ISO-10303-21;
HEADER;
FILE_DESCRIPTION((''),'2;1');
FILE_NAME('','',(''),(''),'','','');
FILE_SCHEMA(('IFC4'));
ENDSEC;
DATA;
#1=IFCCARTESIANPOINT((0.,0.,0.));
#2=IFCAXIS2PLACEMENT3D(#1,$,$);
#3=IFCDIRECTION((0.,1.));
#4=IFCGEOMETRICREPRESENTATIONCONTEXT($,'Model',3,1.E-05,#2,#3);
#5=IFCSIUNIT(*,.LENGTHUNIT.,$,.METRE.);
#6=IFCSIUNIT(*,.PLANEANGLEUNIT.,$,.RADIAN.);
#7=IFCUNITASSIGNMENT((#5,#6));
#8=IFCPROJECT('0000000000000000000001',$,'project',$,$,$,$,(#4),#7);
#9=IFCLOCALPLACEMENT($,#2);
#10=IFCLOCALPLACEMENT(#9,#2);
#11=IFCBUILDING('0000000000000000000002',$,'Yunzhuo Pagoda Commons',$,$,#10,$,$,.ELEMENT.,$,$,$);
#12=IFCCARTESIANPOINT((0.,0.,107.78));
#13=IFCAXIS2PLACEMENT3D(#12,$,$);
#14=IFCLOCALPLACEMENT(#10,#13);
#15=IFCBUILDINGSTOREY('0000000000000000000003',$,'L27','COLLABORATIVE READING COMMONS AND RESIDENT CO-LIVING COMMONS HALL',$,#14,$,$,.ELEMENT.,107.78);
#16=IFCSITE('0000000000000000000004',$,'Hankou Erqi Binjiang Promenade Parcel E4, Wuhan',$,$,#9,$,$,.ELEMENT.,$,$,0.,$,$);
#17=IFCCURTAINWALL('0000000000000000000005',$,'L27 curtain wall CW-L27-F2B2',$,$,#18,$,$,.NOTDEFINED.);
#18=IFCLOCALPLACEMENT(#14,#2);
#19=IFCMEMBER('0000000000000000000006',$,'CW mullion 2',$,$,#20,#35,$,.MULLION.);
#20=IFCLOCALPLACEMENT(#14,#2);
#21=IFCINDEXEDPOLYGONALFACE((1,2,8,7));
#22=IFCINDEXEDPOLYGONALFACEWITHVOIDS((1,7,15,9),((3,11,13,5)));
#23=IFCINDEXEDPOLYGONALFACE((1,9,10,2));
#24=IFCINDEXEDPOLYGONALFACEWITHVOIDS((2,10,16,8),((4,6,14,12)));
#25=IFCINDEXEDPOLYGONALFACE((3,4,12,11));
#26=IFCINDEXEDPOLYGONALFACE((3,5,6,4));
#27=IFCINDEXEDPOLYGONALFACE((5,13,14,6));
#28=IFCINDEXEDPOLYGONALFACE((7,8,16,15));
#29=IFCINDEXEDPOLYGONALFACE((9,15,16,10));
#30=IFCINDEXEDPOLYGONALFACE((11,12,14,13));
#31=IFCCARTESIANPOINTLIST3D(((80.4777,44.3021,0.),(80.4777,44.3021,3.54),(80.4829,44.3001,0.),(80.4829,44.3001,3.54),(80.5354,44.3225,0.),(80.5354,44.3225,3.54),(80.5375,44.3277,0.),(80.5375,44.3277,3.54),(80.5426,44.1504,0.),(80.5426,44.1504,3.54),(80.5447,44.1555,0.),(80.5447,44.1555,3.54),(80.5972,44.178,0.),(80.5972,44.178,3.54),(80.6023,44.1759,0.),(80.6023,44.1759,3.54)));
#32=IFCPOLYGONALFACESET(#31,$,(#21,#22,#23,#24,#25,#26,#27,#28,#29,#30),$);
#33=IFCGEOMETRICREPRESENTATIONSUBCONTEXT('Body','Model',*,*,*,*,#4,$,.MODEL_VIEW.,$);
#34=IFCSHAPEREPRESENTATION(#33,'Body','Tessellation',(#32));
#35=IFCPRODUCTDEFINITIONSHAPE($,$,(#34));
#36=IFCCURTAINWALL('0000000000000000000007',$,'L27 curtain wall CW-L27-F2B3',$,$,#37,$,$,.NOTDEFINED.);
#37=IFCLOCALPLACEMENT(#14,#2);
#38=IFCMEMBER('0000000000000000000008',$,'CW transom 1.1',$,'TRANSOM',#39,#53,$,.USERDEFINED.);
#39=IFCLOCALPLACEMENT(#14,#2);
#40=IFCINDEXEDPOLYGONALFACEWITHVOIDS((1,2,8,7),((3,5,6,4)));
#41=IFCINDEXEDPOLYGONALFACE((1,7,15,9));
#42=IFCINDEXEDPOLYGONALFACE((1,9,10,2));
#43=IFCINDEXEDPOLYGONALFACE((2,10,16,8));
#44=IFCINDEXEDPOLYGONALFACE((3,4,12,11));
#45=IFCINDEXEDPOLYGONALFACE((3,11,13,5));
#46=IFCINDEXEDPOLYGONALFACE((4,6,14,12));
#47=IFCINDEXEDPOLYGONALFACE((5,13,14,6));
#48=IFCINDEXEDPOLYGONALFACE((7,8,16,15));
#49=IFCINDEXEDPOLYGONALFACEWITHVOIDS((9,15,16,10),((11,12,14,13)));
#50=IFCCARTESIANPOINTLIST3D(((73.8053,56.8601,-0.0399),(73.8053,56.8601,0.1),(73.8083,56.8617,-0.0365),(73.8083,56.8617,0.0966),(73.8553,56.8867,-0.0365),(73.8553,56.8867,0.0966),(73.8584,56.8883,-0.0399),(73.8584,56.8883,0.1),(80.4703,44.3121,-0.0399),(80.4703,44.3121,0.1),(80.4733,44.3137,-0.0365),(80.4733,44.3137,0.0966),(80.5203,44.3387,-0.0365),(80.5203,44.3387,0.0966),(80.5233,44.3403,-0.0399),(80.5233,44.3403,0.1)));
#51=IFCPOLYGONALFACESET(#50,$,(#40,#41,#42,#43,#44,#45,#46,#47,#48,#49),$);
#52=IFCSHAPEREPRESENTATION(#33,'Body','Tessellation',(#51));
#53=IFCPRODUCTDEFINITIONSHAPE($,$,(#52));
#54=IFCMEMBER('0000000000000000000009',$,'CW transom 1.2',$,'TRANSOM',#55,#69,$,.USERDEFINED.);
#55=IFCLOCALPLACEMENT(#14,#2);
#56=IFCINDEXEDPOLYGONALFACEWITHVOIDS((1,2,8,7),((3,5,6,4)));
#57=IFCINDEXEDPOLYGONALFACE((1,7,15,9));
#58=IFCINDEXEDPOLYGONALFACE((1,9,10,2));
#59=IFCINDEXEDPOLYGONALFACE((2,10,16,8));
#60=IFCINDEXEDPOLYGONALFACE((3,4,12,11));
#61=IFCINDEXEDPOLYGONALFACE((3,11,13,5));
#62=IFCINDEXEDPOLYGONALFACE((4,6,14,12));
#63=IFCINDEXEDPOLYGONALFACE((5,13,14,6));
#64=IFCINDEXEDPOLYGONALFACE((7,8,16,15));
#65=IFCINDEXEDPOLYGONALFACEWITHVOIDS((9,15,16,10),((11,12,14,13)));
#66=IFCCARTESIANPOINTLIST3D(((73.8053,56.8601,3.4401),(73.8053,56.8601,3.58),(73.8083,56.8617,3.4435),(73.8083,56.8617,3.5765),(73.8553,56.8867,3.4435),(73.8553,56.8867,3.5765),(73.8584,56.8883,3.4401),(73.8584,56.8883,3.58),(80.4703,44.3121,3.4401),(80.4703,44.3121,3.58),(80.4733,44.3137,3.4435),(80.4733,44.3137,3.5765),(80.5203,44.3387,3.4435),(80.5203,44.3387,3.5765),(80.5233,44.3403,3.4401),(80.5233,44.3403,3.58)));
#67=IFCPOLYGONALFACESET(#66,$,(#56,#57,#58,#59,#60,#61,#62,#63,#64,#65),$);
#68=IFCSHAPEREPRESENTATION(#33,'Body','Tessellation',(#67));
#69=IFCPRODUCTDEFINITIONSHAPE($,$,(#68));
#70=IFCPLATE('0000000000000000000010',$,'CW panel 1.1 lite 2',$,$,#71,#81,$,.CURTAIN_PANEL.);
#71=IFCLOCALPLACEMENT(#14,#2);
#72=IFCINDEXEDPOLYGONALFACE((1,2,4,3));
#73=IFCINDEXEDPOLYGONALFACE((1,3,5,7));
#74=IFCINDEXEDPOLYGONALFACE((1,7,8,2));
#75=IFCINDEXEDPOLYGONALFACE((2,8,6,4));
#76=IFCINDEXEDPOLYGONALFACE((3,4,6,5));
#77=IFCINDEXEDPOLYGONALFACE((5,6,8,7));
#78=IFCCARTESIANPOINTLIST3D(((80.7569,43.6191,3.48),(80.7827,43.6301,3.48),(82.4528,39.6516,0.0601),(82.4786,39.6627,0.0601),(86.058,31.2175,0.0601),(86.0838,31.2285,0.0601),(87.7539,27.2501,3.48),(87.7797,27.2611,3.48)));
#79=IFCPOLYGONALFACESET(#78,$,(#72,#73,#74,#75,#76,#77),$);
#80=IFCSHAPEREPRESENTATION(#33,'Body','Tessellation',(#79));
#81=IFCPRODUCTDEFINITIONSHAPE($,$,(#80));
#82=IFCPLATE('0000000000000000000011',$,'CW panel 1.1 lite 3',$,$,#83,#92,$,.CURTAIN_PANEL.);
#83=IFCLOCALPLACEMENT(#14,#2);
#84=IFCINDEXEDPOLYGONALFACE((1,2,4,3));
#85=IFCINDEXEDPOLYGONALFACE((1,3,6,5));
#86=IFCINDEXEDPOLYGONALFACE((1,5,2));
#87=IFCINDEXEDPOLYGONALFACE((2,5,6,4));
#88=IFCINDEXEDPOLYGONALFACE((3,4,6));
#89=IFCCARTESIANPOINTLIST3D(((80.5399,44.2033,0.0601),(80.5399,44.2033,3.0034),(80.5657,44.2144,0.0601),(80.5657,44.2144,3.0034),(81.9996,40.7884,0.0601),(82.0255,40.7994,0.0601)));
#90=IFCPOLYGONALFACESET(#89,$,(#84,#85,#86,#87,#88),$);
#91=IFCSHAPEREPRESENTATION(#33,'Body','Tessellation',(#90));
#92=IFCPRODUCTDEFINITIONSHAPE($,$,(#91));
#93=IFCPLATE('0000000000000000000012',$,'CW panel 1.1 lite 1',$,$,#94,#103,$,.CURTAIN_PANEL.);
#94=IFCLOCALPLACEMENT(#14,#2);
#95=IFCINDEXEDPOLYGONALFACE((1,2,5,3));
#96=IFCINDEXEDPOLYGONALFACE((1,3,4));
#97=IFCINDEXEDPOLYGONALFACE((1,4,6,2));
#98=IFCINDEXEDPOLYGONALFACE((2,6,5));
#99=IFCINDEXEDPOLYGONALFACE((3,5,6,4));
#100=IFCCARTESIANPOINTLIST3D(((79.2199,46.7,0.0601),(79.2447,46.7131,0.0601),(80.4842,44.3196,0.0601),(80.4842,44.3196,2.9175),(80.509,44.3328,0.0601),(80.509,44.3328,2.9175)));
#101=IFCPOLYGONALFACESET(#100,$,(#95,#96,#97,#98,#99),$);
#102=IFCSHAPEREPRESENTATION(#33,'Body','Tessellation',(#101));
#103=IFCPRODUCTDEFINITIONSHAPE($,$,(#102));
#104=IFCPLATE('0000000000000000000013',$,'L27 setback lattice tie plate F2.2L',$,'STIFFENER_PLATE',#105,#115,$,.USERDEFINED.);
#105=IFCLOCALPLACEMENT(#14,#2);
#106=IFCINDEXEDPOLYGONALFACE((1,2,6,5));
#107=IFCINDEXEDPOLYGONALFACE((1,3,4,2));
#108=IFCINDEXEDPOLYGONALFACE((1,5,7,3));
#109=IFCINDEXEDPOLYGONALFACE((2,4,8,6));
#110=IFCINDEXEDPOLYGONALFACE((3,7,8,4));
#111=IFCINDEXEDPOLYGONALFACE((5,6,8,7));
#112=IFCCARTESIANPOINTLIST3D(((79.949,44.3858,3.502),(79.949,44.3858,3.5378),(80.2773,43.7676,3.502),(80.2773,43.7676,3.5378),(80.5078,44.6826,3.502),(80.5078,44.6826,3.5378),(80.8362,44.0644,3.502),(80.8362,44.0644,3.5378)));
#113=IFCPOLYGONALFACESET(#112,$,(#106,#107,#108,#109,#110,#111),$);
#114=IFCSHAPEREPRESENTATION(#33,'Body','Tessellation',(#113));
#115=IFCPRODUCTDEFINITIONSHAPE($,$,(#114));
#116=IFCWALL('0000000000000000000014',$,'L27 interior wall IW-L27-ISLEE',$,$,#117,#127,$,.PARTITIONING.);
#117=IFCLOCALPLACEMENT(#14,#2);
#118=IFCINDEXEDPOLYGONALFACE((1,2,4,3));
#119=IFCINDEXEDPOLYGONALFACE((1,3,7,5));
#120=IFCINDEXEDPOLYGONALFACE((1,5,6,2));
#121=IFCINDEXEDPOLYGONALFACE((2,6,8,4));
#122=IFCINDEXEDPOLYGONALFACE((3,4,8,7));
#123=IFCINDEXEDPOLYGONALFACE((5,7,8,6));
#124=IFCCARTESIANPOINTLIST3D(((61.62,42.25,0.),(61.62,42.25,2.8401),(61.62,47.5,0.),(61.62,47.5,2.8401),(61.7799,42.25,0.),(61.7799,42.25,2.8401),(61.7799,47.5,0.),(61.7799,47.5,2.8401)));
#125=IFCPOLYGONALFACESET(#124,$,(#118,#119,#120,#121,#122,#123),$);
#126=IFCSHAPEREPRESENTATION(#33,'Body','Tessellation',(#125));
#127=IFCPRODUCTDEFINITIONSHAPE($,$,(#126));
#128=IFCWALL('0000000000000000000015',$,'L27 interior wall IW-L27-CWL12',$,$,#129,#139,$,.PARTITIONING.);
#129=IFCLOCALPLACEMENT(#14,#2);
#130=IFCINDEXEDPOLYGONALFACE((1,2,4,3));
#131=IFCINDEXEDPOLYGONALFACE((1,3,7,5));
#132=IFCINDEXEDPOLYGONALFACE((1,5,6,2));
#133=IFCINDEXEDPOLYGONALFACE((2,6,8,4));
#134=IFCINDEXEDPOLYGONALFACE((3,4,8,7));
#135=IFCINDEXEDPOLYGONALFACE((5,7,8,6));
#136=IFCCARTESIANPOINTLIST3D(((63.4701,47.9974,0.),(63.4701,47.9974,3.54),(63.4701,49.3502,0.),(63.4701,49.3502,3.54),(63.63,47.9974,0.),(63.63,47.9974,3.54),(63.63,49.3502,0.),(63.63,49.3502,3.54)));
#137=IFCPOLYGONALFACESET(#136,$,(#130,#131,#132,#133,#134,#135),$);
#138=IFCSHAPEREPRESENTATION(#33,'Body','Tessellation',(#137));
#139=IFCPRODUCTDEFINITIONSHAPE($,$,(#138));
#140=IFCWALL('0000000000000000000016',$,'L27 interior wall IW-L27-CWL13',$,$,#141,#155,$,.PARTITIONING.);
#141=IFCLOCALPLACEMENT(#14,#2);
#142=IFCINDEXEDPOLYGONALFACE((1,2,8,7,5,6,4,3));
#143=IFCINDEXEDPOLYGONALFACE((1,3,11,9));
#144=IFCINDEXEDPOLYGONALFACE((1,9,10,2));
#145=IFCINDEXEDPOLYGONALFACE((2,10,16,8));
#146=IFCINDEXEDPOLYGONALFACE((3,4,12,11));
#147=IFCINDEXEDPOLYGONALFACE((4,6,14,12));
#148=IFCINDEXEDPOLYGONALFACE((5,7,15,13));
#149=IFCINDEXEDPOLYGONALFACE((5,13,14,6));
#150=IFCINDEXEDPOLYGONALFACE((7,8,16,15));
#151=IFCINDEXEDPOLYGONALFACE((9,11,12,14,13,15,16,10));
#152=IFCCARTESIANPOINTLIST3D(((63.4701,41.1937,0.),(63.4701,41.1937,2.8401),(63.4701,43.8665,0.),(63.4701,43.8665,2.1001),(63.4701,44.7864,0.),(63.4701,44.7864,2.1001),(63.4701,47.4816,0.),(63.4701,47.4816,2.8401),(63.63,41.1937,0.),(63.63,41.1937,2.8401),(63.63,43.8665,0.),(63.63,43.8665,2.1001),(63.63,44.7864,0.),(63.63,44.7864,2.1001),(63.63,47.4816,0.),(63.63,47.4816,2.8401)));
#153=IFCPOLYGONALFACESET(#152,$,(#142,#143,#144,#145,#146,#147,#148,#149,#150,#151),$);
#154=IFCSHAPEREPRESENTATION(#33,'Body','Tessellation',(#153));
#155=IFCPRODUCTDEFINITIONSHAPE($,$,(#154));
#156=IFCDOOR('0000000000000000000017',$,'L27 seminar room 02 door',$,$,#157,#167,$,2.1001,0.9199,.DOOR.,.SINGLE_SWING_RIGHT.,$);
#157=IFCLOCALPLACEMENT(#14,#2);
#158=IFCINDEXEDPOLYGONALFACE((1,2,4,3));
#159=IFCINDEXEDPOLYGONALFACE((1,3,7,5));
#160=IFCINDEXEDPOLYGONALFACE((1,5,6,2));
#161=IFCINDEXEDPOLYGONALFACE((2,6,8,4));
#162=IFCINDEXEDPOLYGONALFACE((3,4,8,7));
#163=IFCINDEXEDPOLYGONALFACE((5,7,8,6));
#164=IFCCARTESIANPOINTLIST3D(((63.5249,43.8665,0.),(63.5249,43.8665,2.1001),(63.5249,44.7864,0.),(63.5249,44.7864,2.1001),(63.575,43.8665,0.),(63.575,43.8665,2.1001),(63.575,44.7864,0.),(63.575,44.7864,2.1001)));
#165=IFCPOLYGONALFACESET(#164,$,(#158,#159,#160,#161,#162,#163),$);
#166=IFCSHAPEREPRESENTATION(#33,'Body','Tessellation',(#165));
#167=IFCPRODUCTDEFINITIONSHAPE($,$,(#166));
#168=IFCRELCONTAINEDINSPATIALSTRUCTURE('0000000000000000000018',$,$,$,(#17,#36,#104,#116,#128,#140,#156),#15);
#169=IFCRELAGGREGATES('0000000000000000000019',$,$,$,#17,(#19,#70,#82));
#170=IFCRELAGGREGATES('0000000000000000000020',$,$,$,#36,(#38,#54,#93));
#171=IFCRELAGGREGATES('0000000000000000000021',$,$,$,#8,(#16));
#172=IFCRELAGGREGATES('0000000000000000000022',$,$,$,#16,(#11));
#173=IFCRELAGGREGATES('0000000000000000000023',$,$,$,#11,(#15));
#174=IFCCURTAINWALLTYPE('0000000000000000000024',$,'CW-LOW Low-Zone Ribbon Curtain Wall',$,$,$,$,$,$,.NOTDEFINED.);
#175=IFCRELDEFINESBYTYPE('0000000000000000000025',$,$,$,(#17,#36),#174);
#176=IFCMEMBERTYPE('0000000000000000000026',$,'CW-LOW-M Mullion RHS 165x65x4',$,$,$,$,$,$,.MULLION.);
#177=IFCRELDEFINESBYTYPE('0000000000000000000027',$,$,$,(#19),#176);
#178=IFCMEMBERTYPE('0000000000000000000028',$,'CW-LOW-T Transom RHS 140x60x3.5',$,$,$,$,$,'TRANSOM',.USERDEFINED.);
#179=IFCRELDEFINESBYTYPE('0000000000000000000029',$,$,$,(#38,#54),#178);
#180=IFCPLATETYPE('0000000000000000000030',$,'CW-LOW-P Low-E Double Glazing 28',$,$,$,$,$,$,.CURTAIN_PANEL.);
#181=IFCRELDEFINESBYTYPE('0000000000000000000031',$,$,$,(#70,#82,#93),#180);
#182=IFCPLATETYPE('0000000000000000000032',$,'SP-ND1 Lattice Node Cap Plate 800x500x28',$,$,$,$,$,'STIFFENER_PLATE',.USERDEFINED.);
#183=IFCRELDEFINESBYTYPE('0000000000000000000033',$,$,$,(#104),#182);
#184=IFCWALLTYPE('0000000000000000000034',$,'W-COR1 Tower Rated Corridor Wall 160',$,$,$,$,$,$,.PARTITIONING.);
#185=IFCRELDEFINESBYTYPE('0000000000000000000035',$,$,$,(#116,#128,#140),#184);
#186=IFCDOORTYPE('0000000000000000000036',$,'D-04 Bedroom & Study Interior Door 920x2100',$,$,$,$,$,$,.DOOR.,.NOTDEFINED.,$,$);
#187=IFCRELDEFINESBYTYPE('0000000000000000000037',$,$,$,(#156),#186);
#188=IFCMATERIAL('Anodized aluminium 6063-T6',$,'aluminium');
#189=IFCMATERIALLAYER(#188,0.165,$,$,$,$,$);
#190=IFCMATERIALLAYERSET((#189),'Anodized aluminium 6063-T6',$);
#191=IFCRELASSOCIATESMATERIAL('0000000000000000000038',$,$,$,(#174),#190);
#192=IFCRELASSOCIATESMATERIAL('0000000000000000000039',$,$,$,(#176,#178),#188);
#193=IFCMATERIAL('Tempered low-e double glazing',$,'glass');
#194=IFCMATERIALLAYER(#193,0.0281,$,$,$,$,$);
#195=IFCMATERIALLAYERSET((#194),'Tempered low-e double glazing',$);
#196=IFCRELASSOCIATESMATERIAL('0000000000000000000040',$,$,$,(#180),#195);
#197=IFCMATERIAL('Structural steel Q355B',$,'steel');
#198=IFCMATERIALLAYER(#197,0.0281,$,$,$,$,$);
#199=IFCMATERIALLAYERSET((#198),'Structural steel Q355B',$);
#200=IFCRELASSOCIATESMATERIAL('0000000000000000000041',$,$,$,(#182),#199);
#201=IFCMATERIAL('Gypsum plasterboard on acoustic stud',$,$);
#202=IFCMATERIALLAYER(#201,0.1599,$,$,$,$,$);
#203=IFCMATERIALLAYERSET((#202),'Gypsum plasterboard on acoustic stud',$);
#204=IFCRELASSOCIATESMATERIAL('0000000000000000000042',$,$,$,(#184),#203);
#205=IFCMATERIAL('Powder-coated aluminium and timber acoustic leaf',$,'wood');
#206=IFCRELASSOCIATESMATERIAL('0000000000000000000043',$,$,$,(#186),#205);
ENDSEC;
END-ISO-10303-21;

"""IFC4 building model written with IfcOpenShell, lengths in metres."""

from ifc_helpers import new_model, si_unit, direction, frame, frame_2d, origin, origin_with_axes, origin_2d, place, context, subcontext, project, spatial, polyline, rectangle, hollow_rectangle, outline, extrude, source, transform, mapped, material, layer, layer_set, material_profile, profile_set, type_object, element, fill, aggregate, save


model = new_model("IFC4")

# Units and contexts
model_context = context("Model", 3, precision=1e-05, world=origin(), true_north=direction((0.0, 1.0)))
body_context = subcontext(model_context, "Body", "Model", "MODEL_VIEW")
ifc_project = project(units=[si_unit("LENGTHUNIT", "METRE"), si_unit("PLANEANGLEUNIT", "RADIAN")], contexts=[model_context])

# Site, building, storey
site_placement = place(None, origin())
site = spatial("IfcSite", under=ifc_project, at=site_placement, Name="Hankou Erqi Binjiang Promenade Parcel E4, Wuhan", CompositionType="ELEMENT", RefElevation=0.0)
building_placement = place(site_placement, origin())
building = spatial("IfcBuilding", under=site, at=building_placement, Name="Yunzhuo Pagoda Commons", CompositionType="ELEMENT")
storey_placement = place(building_placement, frame((0.0, 0.0, 107.78)))
storey = spatial("IfcBuildingStorey", under=building, at=storey_placement, Name="L27", Description="COLLABORATIVE READING COMMONS AND RESIDENT CO-LIVING COMMONS HALL", CompositionType="ELEMENT", Elevation=107.78)

# Shared definitions
ifc_material_1 = material(Name="Structural steel Q355B", Category="steel")

# Curtain wall, member
ifc_material_2 = material(Name="Anodized aluminium 6063-T6", Category="aluminium")
ifc_layer_1 = layer(ifc_material_2, 0.165)
ifc_layer_set_1 = layer_set([ifc_layer_1], Name="Anodized aluminium 6063-T6")
curtain_wall_type = type_object("IfcCurtainWallType", Name="CW-LOW Low-Zone Ribbon Curtain Wall", PredefinedType="NOTDEFINED", material=ifc_layer_set_1)
curtain_wall_1_placement = place(storey_placement, origin())
curtain_wall_1 = element("IfcCurtainWall", 1, at=curtain_wall_1_placement, inside=storey, type_object=curtain_wall_type, Name="L27 curtain wall CW-L27-F2B2", PredefinedType="NOTDEFINED")
ifc_material_profile_1 = material_profile(ifc_material_2, hollow_rectangle(XDim=0.0649, YDim=0.165, WallThickness=0.0039, at=origin_2d()), Name="Anodized aluminium 6063-T6")
ifc_profile_set_1 = profile_set([ifc_material_profile_1], Name="Anodized aluminium 6063-T6")
member_type_1 = type_object("IfcMemberType", Name="CW-LOW-M Mullion RHS 165x65x4", PredefinedType="MULLION", material=ifc_profile_set_1)
shared_shape_1 = source(origin(), body_context, "Body", "SweptSolid", [
    extrude(hollow_rectangle(XDim=0.0649, YDim=0.165, WallThickness=0.0039, at=origin_2d()), origin(), (0.0, 0.0, 1.0), 3.54),
])
member_1_placement = place(storey_placement, frame((80.54, 44.239, 0.0), z_axis=(0.0, 0.0, 1.0), x_axis=(-0.919516, -0.393052, 0.0)))
member_1 = element("IfcMember", 2, at=member_1_placement, type_object=member_type_1, Name="CW mullion 2", PredefinedType="MULLION", context=body_context, shape_type="MappedRepresentation", body=[
    mapped(shared_shape_1, transform((0.0, 0.0, 0.0), scale=1.0)),
])

# Curtain wall, members
curtain_wall_2_placement = place(storey_placement, origin())
curtain_wall_2 = element("IfcCurtainWall", 3, at=curtain_wall_2_placement, inside=storey, type_object=curtain_wall_type, Name="L27 curtain wall CW-L27-F2B3", PredefinedType="NOTDEFINED")
ifc_material_profile_2 = material_profile(ifc_material_2, hollow_rectangle(XDim=0.0601, YDim=0.1399, WallThickness=0.0034, at=origin_2d()), Name="Anodized aluminium 6063-T6")
ifc_profile_set_2 = profile_set([ifc_material_profile_2], Name="Anodized aluminium 6063-T6")
member_type_2 = type_object("IfcMemberType", Name="CW-LOW-T Transom RHS 140x60x3.5", ElementType="TRANSOM", PredefinedType="USERDEFINED", material=ifc_profile_set_2)
shared_shape_2 = source(origin(), body_context, "Body", "SweptSolid", [
    extrude(hollow_rectangle(XDim=0.0601, YDim=0.1399, WallThickness=0.0034, at=origin_2d()), origin(), (0.0, 0.0, 1.0), 14.2083),
])
member_2_placement = place(storey_placement, frame((80.4968, 44.3262, 0.03), z_axis=(-0.469093, 0.883149, 0.0), x_axis=(-0.883149, -0.469093, 0.0)))
member_2 = element("IfcMember", 4, at=member_2_placement, type_object=member_type_2, Name="CW transom 1.1", ObjectType="TRANSOM", PredefinedType="USERDEFINED", context=body_context, shape_type="MappedRepresentation", body=[
    mapped(shared_shape_2, transform((0.0, 0.0, 0.0), scale=1.0)),
])
member_3_placement = place(storey_placement, frame((80.4968, 44.3262, 3.51), z_axis=(-0.469093, 0.883149, 0.0), x_axis=(-0.883149, -0.469093, 0.0)))
member_3 = element("IfcMember", 5, at=member_3_placement, type_object=member_type_2, Name="CW transom 1.2", ObjectType="TRANSOM", PredefinedType="USERDEFINED", context=body_context, shape_type="MappedRepresentation", body=[
    mapped(shared_shape_2, transform((0.0, 0.0, 0.0), scale=1.0)),
])

# Plates
ifc_material_3 = material(Name="Tempered low-e double glazing", Category="glass")
ifc_layer_2 = layer(ifc_material_3, 0.0281)
ifc_layer_set_2 = layer_set([ifc_layer_2], Name="Tempered low-e double glazing")
plate_type_1 = type_object("IfcPlateType", Name="CW-LOW-P Low-E Double Glazing 28", PredefinedType="CURTAIN_PANEL", material=ifc_layer_set_2)
plate_1_placement = place(storey_placement, frame((84.2554, 35.4346, 1.77), z_axis=(0.919516, 0.393052, 0.0), x_axis=(-0.393052, 0.919516, 0.0)))
plate_1 = element("IfcPlate", 6, at=plate_1_placement, type_object=plate_type_1, Name="CW panel 1.1 lite 2", PredefinedType="CURTAIN_PANEL", context=body_context, shape_type="SweptSolid", body=[
    extrude(outline(polyline([(-8.9009, 1.71), (-4.5862, -1.71), (4.5862, -1.71), (8.9009, 1.71), (-8.9009, 1.71)])), origin(), (0.0, 0.0, 1.0), 0.0281),
])
plate_2_placement = place(storey_placement, frame((81.2698, 42.4958, 1.5317), z_axis=(0.919516, 0.393052, 0.0), x_axis=(-0.393052, 0.919516, 0.0)))
plate_2 = element("IfcPlate", 7, at=plate_2_placement, type_object=plate_type_1, Name="CW panel 1.1 lite 3", PredefinedType="CURTAIN_PANEL", context=body_context, shape_type="SweptSolid", body=[
    extrude(outline(polyline([(-1.8569, -1.4717), (1.8569, -1.4717), (1.8569, 1.4717), (-1.8569, -1.4717)])), origin(), (0.0, 0.0, 1.0), 0.0281),
])
aggregate(curtain_wall_1, [member_1, plate_1, plate_2])
plate_3_placement = place(storey_placement, frame((79.8521, 45.5098, 1.4888), z_axis=(0.883152, 0.469086, 0.0), x_axis=(-0.469086, 0.883152, 0.0)))
plate_3 = element("IfcPlate", 8, at=plate_3_placement, type_object=plate_type_1, Name="CW panel 1.1 lite 1", PredefinedType="CURTAIN_PANEL", context=body_context, shape_type="SweptSolid", body=[
    extrude(outline(polyline([(-1.3477, -1.4287), (1.3477, -1.4287), (-1.3477, 1.4287), (-1.3477, -1.4287)])), origin(), (0.0, 0.0, 1.0), 0.0281),
])
aggregate(curtain_wall_2, [member_2, member_3, plate_3])
ifc_layer_3 = layer(ifc_material_1, 0.0281)
ifc_layer_set_3 = layer_set([ifc_layer_3], Name="Structural steel Q355B")
plate_type_2 = type_object("IfcPlateType", Name="SP-ND1 Lattice Node Cap Plate 800x500x28", ElementType="STIFFENER_PLATE", PredefinedType="USERDEFINED", material=ifc_layer_set_3)
shared_shape_3 = source(origin(), body_context, "Body", "SweptSolid", [
    extrude(rectangle(XDim=0.7, YDim=0.6328, at=origin_2d()), origin(), (0.0, 0.0, 1.0), 0.0359),
])
plate_4_placement = place(storey_placement, frame((80.3926, 44.2251, 3.502), z_axis=(0.0, 0.0, 1.0), x_axis=(-0.469086, 0.883152, 0.0)))
element("IfcPlate", 9, at=plate_4_placement, inside=storey, type_object=plate_type_2, Name="L27 setback lattice tie plate F2.2L", ObjectType="STIFFENER_PLATE", PredefinedType="USERDEFINED", context=body_context, shape_type="MappedRepresentation", body=[
    mapped(shared_shape_3, transform((0.0, 0.0, 0.0), scale=1.0)),
])

# Walls
ifc_material_4 = material(Name="Gypsum plasterboard on acoustic stud")
ifc_layer_4 = layer(ifc_material_4, 0.1599)
ifc_layer_set_4 = layer_set([ifc_layer_4], Name="Gypsum plasterboard on acoustic stud")
wall_type_1 = type_object("IfcWallType", Name="W-COR1 Tower Rated Corridor Wall 160", PredefinedType="PARTITIONING", material=ifc_layer_set_4)
wall_1_placement = place(storey_placement, frame((61.7, 42.25, 0.0), z_axis=(0.0, 0.0, 1.0), x_axis=(0.0, 1.0, 0.0)))
element("IfcWall", 10, at=wall_1_placement, inside=storey, type_object=wall_type_1, Name="L27 interior wall IW-L27-ISLEE", PredefinedType="PARTITIONING", context=body_context, shape_type="SweptSolid", body=[
    extrude(rectangle(XDim=5.25, YDim=0.1599, at=frame_2d((2.625, 0.0))), origin(), (0.0, 0.0, 1.0), 2.8401),
])
wall_2_placement = place(storey_placement, frame((63.55, 49.3501, 0.0), z_axis=(0.0, 0.0, 1.0), x_axis=(0.0, -1.0, 0.0)))
element("IfcWall", 11, at=wall_2_placement, inside=storey, type_object=wall_type_1, Name="L27 interior wall IW-L27-CWL12", PredefinedType="PARTITIONING", context=body_context, shape_type="SweptSolid", body=[
    extrude(rectangle(XDim=1.3528, YDim=0.1599, at=frame_2d((0.6763, 0.0))), origin(), (0.0, 0.0, 1.0), 3.54),
])

# Wall, opening, door
wall_3_placement = place(storey_placement, frame((63.55, 47.4817, 0.0), z_axis=(0.0, 0.0, 1.0), x_axis=(0.0, -1.0, 0.0)))
wall_3 = element("IfcWall", 12, at=wall_3_placement, inside=storey, type_object=wall_type_1, Name="L27 interior wall IW-L27-CWL13", PredefinedType="PARTITIONING", context=body_context, shape_type="SweptSolid", body=[
    extrude(rectangle(XDim=6.2878, YDim=0.1599, at=frame_2d((3.144, 0.0))), origin(), (0.0, 0.0, 1.0), 2.8401),
])
opening_1_placement = place(wall_3_placement, frame((2.6953, 0.0, 0.0)))
opening_1 = element("IfcOpeningElement", 13, at=opening_1_placement, cuts=wall_3, PredefinedType="OPENING", context=body_context, shape_type="SweptSolid", body=[
    extrude(rectangle(XDim=0.9199, YDim=2.1001, at=frame_2d((0.46, 1.05))), frame((0.0, 0.0898, 0.0), z_axis=(0.0, -1.0, 0.0), x_axis=(1.0, 0.0, 0.0)), (0.0, 0.0, 1.0), 0.1799),
])
ifc_material_5 = material(Name="Powder-coated aluminium and timber acoustic leaf", Category="wood")
door_type_1 = type_object("IfcDoorType", Name="D-04 Bedroom & Study Interior Door 920x2100", OperationType="NOTDEFINED", PredefinedType="DOOR", material=ifc_material_5)
shared_shape_4 = source(origin(), body_context, "Body", "SweptSolid", [
    extrude(rectangle(XDim=0.9199, YDim=2.1001, at=frame_2d((0.46, 1.05))), frame((0.0, 0.0249, 0.0), z_axis=(0.0, -1.0, 0.0), x_axis=(1.0, 0.0, 0.0)), (0.0, 0.0, 1.0), 0.05),
])
door_1_placement = place(opening_1_placement, origin_with_axes())
door_1 = element("IfcDoor", 14, at=door_1_placement, inside=storey, type_object=door_type_1, Name="L27 seminar room 02 door", OperationType="SINGLE_SWING_RIGHT", OverallHeight=2.1001, OverallWidth=0.9199, PredefinedType="DOOR", context=body_context, shape_type="MappedRepresentation", body=[
    mapped(shared_shape_4, transform((0.0, 0.0, 0.0), scale=1.0)),
])
fill(opening_1, door_1)

save(model, "model.ifc")
